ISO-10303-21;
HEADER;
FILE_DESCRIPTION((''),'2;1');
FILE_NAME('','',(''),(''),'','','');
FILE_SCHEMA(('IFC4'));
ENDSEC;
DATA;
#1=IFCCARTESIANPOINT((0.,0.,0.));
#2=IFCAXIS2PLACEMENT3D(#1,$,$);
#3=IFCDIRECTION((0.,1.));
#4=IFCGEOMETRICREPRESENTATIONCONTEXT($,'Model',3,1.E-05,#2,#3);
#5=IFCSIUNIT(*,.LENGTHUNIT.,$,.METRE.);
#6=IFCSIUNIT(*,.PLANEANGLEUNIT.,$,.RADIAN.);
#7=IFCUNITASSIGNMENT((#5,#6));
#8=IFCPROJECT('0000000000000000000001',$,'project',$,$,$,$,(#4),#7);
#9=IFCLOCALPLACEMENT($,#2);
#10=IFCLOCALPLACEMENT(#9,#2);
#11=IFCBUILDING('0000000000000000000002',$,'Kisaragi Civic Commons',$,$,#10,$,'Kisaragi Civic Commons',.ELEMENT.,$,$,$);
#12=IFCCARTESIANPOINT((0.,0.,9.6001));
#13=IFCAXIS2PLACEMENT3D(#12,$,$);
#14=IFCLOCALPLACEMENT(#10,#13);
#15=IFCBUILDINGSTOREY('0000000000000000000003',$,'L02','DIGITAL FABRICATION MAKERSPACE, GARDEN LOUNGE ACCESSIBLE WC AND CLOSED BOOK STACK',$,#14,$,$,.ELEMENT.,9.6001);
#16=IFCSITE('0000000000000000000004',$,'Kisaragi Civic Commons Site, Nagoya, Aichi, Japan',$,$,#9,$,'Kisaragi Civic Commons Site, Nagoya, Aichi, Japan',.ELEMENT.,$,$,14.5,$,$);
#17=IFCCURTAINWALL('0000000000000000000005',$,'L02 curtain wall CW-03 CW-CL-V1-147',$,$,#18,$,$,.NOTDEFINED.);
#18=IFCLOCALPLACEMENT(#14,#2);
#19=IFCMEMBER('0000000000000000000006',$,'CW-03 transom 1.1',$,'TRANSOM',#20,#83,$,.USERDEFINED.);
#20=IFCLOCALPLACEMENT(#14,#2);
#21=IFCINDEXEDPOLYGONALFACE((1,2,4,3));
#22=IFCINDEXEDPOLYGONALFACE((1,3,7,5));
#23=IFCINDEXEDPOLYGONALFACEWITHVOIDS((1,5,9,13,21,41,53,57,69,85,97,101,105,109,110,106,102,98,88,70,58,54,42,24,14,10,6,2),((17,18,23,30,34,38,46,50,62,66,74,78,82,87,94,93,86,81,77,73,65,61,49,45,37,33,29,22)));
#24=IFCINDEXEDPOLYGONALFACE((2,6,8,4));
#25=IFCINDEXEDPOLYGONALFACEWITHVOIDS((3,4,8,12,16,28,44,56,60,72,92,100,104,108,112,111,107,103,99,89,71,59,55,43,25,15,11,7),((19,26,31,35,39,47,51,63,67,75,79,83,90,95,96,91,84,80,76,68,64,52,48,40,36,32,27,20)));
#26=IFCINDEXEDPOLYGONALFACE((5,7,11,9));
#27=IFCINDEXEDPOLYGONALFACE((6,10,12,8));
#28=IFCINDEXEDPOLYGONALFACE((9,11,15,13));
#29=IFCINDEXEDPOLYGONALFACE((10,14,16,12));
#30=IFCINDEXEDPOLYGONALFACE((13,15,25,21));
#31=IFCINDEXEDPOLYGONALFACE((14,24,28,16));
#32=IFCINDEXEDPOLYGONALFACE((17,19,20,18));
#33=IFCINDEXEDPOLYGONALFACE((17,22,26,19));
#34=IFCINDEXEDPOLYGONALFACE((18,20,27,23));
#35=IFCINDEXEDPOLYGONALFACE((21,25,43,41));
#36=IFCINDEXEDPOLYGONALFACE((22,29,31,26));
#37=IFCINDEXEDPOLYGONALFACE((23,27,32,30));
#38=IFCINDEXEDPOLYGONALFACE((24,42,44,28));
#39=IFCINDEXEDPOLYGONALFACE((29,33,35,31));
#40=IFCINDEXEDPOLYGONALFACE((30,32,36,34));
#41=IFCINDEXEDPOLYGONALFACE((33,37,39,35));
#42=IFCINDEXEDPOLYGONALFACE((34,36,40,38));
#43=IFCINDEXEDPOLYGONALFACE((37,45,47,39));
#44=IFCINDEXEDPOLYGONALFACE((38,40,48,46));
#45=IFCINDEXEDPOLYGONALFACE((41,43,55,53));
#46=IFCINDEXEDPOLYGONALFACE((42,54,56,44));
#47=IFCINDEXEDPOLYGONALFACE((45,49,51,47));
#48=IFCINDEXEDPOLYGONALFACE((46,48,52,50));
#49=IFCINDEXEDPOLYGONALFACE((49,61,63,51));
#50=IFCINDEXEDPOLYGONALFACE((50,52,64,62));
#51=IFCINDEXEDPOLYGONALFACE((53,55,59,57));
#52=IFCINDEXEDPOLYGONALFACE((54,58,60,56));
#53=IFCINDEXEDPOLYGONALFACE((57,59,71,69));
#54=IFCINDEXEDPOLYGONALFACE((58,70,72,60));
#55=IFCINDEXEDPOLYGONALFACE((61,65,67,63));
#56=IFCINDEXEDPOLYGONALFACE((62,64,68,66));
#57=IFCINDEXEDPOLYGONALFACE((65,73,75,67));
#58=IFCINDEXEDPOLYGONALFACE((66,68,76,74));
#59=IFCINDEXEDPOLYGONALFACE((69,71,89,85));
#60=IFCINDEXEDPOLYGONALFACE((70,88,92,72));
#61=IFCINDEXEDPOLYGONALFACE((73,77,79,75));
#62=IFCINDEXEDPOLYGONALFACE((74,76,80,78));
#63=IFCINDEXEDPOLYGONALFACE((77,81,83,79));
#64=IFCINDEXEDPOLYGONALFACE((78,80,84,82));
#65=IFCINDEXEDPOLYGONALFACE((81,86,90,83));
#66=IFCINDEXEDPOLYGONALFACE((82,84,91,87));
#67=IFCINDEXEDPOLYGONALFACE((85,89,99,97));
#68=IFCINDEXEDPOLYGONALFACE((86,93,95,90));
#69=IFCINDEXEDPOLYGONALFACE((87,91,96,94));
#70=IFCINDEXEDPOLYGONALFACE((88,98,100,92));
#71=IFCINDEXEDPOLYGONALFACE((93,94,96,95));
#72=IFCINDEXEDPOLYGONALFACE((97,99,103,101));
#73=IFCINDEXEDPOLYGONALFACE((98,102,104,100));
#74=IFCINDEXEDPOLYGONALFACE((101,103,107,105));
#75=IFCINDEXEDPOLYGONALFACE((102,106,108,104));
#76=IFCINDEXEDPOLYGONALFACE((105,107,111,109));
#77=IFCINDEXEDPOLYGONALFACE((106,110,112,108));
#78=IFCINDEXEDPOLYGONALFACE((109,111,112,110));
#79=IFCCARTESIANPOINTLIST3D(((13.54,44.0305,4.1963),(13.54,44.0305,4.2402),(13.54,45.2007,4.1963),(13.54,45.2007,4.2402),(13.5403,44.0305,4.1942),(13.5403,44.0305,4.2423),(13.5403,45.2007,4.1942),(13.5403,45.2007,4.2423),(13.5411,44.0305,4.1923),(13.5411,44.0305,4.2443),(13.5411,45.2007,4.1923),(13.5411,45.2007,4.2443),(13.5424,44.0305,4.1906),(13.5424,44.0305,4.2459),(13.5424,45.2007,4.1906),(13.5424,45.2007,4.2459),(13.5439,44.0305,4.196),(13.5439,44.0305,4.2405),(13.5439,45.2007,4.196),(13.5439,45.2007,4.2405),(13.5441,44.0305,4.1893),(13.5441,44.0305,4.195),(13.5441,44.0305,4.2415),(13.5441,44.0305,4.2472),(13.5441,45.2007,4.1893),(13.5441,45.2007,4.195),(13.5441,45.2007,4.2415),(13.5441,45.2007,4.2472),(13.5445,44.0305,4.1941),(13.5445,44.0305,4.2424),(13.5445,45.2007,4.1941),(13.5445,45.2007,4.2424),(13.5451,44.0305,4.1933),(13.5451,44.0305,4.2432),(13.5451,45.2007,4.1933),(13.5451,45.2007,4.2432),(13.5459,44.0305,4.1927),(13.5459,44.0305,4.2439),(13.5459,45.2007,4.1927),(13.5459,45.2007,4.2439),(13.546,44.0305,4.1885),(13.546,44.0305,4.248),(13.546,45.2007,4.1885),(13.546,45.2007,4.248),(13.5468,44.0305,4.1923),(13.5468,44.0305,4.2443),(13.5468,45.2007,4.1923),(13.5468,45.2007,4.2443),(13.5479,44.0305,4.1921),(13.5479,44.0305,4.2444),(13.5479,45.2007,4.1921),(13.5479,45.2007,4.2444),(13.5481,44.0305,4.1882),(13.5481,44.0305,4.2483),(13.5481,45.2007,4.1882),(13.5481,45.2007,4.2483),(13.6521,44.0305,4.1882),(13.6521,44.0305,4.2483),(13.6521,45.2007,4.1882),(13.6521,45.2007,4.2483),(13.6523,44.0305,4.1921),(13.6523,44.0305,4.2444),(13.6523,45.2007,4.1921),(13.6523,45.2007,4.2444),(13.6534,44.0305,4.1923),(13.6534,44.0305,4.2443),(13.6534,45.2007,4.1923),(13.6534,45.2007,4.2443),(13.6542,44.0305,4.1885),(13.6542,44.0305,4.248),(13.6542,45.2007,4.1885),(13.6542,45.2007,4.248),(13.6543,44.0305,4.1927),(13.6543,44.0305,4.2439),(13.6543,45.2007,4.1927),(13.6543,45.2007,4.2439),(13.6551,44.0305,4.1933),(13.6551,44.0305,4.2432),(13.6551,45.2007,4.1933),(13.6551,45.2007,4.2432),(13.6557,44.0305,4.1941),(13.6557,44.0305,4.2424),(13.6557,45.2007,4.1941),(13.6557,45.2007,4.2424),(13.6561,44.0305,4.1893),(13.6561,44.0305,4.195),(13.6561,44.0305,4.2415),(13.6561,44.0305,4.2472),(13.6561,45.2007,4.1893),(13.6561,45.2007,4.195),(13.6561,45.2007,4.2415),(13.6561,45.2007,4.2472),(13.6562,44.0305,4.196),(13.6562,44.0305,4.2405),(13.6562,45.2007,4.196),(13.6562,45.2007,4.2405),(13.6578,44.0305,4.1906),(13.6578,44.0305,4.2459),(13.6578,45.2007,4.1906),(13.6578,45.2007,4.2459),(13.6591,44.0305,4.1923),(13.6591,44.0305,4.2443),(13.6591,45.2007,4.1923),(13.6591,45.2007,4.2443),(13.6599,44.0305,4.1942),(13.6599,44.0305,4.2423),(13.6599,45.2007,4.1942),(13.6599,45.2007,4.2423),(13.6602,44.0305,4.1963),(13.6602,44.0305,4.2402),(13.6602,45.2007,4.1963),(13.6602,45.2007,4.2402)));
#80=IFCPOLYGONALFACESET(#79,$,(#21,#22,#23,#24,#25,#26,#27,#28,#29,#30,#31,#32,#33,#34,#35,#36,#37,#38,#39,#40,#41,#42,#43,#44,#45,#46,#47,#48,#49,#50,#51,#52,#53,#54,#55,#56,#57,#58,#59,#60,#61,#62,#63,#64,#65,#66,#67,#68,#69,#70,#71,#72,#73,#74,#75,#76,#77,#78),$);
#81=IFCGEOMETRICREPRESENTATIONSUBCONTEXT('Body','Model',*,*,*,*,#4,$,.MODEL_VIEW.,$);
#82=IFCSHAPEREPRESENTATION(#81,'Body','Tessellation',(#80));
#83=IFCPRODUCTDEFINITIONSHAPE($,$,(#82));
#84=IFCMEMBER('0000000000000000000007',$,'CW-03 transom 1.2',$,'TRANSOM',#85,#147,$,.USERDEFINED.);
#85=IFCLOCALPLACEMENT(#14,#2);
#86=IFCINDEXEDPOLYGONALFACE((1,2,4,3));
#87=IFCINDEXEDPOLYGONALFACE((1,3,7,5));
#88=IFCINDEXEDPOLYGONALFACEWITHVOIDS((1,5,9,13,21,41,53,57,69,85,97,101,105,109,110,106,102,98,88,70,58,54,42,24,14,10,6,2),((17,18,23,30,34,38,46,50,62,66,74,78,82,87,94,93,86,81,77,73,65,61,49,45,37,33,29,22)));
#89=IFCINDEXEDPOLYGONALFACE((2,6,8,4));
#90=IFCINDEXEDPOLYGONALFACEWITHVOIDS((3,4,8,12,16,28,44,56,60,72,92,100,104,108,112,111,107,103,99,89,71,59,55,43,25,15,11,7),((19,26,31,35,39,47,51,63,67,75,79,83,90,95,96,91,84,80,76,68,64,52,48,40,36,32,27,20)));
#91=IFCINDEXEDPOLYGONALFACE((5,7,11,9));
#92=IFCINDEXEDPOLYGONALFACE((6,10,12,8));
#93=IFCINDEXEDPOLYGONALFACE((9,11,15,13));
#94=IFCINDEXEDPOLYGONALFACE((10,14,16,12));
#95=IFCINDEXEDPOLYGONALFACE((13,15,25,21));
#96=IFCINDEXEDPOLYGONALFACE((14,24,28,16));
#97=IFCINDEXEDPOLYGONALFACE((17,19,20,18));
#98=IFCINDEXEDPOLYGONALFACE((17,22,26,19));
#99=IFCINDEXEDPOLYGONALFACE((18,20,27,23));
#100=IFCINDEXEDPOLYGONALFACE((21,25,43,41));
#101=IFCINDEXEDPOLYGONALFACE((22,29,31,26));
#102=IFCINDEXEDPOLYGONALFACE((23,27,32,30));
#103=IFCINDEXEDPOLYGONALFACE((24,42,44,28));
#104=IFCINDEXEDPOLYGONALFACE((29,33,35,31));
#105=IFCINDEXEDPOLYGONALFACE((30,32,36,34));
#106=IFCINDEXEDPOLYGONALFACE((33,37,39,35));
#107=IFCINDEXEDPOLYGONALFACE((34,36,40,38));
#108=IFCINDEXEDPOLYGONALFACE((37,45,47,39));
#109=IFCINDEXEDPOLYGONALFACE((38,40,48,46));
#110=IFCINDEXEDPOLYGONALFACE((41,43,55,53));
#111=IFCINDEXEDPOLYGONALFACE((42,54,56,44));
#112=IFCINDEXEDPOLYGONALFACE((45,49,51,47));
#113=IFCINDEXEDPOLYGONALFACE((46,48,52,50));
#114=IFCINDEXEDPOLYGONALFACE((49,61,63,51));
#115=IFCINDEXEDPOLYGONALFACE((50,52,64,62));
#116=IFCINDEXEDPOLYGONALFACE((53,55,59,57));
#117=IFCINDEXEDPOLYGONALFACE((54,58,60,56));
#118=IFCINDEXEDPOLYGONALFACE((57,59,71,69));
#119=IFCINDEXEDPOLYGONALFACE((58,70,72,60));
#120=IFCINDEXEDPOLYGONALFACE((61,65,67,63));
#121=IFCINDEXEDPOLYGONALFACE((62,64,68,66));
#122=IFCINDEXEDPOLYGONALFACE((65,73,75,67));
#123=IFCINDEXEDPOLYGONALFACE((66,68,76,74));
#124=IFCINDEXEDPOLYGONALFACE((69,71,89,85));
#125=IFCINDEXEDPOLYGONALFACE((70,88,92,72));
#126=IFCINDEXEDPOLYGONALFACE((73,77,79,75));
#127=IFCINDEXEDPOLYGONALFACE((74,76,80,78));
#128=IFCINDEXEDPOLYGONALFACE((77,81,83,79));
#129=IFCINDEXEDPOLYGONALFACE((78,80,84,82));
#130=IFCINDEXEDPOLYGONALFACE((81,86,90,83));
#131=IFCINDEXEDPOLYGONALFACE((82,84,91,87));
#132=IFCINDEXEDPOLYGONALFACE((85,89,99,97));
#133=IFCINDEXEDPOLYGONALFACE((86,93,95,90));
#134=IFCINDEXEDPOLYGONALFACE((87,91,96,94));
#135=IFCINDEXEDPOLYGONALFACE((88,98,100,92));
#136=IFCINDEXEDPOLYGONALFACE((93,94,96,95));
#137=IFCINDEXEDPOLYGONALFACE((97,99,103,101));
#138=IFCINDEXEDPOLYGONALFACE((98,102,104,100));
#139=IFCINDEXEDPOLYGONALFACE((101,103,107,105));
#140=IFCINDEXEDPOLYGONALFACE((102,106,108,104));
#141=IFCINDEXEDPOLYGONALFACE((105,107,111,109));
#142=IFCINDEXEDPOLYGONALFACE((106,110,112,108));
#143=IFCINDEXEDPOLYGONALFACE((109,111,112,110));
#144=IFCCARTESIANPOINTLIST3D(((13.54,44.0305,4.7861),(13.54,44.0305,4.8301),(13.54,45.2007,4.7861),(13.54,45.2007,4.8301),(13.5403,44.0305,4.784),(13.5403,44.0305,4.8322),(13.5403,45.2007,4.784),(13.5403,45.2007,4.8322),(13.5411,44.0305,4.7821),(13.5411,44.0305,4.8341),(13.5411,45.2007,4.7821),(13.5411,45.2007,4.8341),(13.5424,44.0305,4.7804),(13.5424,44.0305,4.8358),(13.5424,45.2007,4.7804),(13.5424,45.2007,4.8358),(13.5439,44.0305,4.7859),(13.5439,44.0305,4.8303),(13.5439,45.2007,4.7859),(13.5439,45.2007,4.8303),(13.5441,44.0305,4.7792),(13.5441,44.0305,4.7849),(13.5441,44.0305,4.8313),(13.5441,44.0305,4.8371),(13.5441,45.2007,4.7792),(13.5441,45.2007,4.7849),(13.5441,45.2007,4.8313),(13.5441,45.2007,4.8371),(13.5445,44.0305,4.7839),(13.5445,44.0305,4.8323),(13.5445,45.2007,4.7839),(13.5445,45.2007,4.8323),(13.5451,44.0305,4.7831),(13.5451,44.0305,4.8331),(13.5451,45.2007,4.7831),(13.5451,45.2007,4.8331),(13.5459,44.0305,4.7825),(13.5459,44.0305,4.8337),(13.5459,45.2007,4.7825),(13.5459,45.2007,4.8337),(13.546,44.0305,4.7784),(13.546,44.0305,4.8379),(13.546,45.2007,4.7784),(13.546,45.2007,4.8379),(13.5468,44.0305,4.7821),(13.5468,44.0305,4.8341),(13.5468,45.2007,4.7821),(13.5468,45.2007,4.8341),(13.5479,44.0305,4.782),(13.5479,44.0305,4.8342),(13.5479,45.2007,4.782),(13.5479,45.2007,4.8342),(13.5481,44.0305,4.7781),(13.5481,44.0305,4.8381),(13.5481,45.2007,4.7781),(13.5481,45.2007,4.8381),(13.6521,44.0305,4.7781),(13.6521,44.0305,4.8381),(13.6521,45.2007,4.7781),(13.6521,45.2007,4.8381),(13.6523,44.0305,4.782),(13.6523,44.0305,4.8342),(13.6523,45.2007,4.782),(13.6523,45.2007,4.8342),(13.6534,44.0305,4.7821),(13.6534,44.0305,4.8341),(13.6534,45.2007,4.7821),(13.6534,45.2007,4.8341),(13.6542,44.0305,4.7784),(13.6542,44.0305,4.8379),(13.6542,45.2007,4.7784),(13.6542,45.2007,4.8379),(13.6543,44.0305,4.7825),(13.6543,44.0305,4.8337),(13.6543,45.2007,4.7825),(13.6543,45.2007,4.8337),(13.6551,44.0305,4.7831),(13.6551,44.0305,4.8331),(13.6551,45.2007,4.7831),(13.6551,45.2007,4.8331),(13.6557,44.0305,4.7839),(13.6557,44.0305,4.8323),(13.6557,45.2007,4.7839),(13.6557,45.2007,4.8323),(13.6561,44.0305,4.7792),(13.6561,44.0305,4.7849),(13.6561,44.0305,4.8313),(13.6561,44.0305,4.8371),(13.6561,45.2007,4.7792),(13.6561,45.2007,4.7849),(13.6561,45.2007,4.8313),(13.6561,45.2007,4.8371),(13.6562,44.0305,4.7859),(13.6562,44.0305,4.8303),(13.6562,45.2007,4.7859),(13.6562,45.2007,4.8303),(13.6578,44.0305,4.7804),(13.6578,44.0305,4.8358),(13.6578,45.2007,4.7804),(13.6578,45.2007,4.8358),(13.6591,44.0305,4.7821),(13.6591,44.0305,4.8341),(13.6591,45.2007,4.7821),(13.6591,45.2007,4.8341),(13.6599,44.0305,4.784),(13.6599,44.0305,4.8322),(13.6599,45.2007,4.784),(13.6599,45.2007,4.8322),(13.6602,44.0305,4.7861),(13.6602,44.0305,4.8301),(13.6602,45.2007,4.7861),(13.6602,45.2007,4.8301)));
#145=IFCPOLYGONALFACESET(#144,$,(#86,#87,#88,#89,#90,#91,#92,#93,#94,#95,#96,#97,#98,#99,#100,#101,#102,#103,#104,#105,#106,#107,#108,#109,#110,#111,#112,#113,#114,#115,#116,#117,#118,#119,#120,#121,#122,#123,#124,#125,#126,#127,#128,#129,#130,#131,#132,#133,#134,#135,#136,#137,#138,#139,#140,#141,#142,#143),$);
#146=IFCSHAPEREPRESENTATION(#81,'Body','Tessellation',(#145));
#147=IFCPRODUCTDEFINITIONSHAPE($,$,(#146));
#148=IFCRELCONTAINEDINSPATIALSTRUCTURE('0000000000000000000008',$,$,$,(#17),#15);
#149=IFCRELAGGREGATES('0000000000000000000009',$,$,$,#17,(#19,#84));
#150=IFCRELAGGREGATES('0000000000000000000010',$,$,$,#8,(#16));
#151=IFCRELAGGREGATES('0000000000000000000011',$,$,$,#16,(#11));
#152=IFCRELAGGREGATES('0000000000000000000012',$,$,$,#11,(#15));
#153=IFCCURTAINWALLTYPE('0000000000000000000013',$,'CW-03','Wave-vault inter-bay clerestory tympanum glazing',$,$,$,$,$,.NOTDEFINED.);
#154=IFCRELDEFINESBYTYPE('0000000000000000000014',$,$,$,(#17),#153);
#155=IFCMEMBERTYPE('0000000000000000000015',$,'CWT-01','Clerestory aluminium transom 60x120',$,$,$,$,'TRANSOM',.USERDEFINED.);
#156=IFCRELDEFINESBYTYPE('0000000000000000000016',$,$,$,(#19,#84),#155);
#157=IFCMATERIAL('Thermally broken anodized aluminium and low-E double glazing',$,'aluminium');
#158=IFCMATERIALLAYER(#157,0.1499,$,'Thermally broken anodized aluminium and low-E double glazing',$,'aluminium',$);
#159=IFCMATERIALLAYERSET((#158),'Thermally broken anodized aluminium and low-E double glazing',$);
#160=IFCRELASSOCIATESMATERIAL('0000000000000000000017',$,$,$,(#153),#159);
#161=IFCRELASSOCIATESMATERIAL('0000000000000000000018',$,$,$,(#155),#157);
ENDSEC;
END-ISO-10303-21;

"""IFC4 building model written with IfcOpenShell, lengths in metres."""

from ifc_helpers import new_model, si_unit, direction, frame, origin, origin_2d, place, context, subcontext, project, spatial, hollow_rectangle, extrude, material, layer, layer_set, material_profile, profile_set, type_object, element, aggregate, save


model = new_model("IFC4")

# Units and contexts
model_context = context("Model", 3, precision=1e-05, world=origin(), true_north=direction((0.0, 1.0)))
body_context = subcontext(model_context, "Body", "Model", "MODEL_VIEW")
ifc_project = project(units=[si_unit("LENGTHUNIT", "METRE"), si_unit("PLANEANGLEUNIT", "RADIAN")], contexts=[model_context])

# Site, building, storey
site_placement = place(None, origin())
site = spatial("IfcSite", under=ifc_project, at=site_placement, Name="Kisaragi Civic Commons Site, Nagoya, Aichi, Japan", LongName="Kisaragi Civic Commons Site, Nagoya, Aichi, Japan", CompositionType="ELEMENT", RefElevation=14.5)
building_placement = place(site_placement, origin())
building = spatial("IfcBuilding", under=site, at=building_placement, Name="Kisaragi Civic Commons", LongName="Kisaragi Civic Commons", CompositionType="ELEMENT")
storey_placement = place(building_placement, frame((0.0, 0.0, 9.6001)))
storey = spatial("IfcBuildingStorey", under=building, at=storey_placement, Name="L02", Description="DIGITAL FABRICATION MAKERSPACE, GARDEN LOUNGE ACCESSIBLE WC AND CLOSED BOOK STACK", CompositionType="ELEMENT", Elevation=9.6001)

# Shared definitions
ifc_material_1 = material(Name="Thermally broken anodized aluminium and low-E double glazing", Category="aluminium")
ifc_layer_1 = layer(ifc_material_1, 0.1499, Name="Thermally broken anodized aluminium and low-E double glazing", Category="aluminium")
ifc_layer_set_1 = layer_set([ifc_layer_1], Name="Thermally broken anodized aluminium and low-E double glazing")
curtain_wall_type = type_object("IfcCurtainWallType", Name="CW-03", Description="Wave-vault inter-bay clerestory tympanum glazing", PredefinedType="NOTDEFINED", material=ifc_layer_set_1)

# Curtain wall
curtain_wall_1_placement = place(storey_placement, origin())
curtain_wall_1 = element("IfcCurtainWall", 1, at=curtain_wall_1_placement, inside=storey, type_object=curtain_wall_type, Name="L02 curtain wall CW-03 CW-CL-V1-147", PredefinedType="NOTDEFINED")

# Members
ifc_material_profile_1 = material_profile(ifc_material_1, hollow_rectangle(XDim=0.1201, YDim=0.0601, WallThickness=0.0039, InnerFilletRadius=0.0039, OuterFilletRadius=0.0081, at=origin_2d()), Name="CWT-60x120x4", Category="aluminium")
ifc_profile_set_1 = profile_set([ifc_material_profile_1], Name="Thermally broken anodized aluminium and low-E double glazing")
member_type_1 = type_object("IfcMemberType", Name="CWT-01", Description="Clerestory aluminium transom 60x120", ElementType="TRANSOM", PredefinedType="USERDEFINED", material=ifc_profile_set_1)
member_1_placement = place(storey_placement, frame((13.6001, 44.0305, 4.2183), z_axis=(0.0, 1.0, 0.0), x_axis=(-1.0, 0.0, 0.0)))
member_1 = element("IfcMember", 2, at=member_1_placement, type_object=member_type_1, Name="CW-03 transom 1.1", ObjectType="TRANSOM", PredefinedType="USERDEFINED", context=body_context, shape_type="SweptSolid", body=[
    extrude(hollow_rectangle(XDim=0.1201, YDim=0.0601, WallThickness=0.0039, InnerFilletRadius=0.0039, OuterFilletRadius=0.0081, at=origin_2d()), origin(), (0.0, 0.0, 1.0), 1.1702),
])
member_2_placement = place(storey_placement, frame((13.6001, 44.0305, 4.8081), z_axis=(0.0, 1.0, 0.0), x_axis=(-1.0, 0.0, 0.0)))
member_2 = element("IfcMember", 3, at=member_2_placement, type_object=member_type_1, Name="CW-03 transom 1.2", ObjectType="TRANSOM", PredefinedType="USERDEFINED", context=body_context, shape_type="SweptSolid", body=[
    extrude(hollow_rectangle(XDim=0.1201, YDim=0.0601, WallThickness=0.0039, InnerFilletRadius=0.0039, OuterFilletRadius=0.0081, at=origin_2d()), origin(), (0.0, 0.0, 1.0), 1.1702),
])

aggregate(curtain_wall_1, [member_1, member_2])

save(model, "model.ifc")
